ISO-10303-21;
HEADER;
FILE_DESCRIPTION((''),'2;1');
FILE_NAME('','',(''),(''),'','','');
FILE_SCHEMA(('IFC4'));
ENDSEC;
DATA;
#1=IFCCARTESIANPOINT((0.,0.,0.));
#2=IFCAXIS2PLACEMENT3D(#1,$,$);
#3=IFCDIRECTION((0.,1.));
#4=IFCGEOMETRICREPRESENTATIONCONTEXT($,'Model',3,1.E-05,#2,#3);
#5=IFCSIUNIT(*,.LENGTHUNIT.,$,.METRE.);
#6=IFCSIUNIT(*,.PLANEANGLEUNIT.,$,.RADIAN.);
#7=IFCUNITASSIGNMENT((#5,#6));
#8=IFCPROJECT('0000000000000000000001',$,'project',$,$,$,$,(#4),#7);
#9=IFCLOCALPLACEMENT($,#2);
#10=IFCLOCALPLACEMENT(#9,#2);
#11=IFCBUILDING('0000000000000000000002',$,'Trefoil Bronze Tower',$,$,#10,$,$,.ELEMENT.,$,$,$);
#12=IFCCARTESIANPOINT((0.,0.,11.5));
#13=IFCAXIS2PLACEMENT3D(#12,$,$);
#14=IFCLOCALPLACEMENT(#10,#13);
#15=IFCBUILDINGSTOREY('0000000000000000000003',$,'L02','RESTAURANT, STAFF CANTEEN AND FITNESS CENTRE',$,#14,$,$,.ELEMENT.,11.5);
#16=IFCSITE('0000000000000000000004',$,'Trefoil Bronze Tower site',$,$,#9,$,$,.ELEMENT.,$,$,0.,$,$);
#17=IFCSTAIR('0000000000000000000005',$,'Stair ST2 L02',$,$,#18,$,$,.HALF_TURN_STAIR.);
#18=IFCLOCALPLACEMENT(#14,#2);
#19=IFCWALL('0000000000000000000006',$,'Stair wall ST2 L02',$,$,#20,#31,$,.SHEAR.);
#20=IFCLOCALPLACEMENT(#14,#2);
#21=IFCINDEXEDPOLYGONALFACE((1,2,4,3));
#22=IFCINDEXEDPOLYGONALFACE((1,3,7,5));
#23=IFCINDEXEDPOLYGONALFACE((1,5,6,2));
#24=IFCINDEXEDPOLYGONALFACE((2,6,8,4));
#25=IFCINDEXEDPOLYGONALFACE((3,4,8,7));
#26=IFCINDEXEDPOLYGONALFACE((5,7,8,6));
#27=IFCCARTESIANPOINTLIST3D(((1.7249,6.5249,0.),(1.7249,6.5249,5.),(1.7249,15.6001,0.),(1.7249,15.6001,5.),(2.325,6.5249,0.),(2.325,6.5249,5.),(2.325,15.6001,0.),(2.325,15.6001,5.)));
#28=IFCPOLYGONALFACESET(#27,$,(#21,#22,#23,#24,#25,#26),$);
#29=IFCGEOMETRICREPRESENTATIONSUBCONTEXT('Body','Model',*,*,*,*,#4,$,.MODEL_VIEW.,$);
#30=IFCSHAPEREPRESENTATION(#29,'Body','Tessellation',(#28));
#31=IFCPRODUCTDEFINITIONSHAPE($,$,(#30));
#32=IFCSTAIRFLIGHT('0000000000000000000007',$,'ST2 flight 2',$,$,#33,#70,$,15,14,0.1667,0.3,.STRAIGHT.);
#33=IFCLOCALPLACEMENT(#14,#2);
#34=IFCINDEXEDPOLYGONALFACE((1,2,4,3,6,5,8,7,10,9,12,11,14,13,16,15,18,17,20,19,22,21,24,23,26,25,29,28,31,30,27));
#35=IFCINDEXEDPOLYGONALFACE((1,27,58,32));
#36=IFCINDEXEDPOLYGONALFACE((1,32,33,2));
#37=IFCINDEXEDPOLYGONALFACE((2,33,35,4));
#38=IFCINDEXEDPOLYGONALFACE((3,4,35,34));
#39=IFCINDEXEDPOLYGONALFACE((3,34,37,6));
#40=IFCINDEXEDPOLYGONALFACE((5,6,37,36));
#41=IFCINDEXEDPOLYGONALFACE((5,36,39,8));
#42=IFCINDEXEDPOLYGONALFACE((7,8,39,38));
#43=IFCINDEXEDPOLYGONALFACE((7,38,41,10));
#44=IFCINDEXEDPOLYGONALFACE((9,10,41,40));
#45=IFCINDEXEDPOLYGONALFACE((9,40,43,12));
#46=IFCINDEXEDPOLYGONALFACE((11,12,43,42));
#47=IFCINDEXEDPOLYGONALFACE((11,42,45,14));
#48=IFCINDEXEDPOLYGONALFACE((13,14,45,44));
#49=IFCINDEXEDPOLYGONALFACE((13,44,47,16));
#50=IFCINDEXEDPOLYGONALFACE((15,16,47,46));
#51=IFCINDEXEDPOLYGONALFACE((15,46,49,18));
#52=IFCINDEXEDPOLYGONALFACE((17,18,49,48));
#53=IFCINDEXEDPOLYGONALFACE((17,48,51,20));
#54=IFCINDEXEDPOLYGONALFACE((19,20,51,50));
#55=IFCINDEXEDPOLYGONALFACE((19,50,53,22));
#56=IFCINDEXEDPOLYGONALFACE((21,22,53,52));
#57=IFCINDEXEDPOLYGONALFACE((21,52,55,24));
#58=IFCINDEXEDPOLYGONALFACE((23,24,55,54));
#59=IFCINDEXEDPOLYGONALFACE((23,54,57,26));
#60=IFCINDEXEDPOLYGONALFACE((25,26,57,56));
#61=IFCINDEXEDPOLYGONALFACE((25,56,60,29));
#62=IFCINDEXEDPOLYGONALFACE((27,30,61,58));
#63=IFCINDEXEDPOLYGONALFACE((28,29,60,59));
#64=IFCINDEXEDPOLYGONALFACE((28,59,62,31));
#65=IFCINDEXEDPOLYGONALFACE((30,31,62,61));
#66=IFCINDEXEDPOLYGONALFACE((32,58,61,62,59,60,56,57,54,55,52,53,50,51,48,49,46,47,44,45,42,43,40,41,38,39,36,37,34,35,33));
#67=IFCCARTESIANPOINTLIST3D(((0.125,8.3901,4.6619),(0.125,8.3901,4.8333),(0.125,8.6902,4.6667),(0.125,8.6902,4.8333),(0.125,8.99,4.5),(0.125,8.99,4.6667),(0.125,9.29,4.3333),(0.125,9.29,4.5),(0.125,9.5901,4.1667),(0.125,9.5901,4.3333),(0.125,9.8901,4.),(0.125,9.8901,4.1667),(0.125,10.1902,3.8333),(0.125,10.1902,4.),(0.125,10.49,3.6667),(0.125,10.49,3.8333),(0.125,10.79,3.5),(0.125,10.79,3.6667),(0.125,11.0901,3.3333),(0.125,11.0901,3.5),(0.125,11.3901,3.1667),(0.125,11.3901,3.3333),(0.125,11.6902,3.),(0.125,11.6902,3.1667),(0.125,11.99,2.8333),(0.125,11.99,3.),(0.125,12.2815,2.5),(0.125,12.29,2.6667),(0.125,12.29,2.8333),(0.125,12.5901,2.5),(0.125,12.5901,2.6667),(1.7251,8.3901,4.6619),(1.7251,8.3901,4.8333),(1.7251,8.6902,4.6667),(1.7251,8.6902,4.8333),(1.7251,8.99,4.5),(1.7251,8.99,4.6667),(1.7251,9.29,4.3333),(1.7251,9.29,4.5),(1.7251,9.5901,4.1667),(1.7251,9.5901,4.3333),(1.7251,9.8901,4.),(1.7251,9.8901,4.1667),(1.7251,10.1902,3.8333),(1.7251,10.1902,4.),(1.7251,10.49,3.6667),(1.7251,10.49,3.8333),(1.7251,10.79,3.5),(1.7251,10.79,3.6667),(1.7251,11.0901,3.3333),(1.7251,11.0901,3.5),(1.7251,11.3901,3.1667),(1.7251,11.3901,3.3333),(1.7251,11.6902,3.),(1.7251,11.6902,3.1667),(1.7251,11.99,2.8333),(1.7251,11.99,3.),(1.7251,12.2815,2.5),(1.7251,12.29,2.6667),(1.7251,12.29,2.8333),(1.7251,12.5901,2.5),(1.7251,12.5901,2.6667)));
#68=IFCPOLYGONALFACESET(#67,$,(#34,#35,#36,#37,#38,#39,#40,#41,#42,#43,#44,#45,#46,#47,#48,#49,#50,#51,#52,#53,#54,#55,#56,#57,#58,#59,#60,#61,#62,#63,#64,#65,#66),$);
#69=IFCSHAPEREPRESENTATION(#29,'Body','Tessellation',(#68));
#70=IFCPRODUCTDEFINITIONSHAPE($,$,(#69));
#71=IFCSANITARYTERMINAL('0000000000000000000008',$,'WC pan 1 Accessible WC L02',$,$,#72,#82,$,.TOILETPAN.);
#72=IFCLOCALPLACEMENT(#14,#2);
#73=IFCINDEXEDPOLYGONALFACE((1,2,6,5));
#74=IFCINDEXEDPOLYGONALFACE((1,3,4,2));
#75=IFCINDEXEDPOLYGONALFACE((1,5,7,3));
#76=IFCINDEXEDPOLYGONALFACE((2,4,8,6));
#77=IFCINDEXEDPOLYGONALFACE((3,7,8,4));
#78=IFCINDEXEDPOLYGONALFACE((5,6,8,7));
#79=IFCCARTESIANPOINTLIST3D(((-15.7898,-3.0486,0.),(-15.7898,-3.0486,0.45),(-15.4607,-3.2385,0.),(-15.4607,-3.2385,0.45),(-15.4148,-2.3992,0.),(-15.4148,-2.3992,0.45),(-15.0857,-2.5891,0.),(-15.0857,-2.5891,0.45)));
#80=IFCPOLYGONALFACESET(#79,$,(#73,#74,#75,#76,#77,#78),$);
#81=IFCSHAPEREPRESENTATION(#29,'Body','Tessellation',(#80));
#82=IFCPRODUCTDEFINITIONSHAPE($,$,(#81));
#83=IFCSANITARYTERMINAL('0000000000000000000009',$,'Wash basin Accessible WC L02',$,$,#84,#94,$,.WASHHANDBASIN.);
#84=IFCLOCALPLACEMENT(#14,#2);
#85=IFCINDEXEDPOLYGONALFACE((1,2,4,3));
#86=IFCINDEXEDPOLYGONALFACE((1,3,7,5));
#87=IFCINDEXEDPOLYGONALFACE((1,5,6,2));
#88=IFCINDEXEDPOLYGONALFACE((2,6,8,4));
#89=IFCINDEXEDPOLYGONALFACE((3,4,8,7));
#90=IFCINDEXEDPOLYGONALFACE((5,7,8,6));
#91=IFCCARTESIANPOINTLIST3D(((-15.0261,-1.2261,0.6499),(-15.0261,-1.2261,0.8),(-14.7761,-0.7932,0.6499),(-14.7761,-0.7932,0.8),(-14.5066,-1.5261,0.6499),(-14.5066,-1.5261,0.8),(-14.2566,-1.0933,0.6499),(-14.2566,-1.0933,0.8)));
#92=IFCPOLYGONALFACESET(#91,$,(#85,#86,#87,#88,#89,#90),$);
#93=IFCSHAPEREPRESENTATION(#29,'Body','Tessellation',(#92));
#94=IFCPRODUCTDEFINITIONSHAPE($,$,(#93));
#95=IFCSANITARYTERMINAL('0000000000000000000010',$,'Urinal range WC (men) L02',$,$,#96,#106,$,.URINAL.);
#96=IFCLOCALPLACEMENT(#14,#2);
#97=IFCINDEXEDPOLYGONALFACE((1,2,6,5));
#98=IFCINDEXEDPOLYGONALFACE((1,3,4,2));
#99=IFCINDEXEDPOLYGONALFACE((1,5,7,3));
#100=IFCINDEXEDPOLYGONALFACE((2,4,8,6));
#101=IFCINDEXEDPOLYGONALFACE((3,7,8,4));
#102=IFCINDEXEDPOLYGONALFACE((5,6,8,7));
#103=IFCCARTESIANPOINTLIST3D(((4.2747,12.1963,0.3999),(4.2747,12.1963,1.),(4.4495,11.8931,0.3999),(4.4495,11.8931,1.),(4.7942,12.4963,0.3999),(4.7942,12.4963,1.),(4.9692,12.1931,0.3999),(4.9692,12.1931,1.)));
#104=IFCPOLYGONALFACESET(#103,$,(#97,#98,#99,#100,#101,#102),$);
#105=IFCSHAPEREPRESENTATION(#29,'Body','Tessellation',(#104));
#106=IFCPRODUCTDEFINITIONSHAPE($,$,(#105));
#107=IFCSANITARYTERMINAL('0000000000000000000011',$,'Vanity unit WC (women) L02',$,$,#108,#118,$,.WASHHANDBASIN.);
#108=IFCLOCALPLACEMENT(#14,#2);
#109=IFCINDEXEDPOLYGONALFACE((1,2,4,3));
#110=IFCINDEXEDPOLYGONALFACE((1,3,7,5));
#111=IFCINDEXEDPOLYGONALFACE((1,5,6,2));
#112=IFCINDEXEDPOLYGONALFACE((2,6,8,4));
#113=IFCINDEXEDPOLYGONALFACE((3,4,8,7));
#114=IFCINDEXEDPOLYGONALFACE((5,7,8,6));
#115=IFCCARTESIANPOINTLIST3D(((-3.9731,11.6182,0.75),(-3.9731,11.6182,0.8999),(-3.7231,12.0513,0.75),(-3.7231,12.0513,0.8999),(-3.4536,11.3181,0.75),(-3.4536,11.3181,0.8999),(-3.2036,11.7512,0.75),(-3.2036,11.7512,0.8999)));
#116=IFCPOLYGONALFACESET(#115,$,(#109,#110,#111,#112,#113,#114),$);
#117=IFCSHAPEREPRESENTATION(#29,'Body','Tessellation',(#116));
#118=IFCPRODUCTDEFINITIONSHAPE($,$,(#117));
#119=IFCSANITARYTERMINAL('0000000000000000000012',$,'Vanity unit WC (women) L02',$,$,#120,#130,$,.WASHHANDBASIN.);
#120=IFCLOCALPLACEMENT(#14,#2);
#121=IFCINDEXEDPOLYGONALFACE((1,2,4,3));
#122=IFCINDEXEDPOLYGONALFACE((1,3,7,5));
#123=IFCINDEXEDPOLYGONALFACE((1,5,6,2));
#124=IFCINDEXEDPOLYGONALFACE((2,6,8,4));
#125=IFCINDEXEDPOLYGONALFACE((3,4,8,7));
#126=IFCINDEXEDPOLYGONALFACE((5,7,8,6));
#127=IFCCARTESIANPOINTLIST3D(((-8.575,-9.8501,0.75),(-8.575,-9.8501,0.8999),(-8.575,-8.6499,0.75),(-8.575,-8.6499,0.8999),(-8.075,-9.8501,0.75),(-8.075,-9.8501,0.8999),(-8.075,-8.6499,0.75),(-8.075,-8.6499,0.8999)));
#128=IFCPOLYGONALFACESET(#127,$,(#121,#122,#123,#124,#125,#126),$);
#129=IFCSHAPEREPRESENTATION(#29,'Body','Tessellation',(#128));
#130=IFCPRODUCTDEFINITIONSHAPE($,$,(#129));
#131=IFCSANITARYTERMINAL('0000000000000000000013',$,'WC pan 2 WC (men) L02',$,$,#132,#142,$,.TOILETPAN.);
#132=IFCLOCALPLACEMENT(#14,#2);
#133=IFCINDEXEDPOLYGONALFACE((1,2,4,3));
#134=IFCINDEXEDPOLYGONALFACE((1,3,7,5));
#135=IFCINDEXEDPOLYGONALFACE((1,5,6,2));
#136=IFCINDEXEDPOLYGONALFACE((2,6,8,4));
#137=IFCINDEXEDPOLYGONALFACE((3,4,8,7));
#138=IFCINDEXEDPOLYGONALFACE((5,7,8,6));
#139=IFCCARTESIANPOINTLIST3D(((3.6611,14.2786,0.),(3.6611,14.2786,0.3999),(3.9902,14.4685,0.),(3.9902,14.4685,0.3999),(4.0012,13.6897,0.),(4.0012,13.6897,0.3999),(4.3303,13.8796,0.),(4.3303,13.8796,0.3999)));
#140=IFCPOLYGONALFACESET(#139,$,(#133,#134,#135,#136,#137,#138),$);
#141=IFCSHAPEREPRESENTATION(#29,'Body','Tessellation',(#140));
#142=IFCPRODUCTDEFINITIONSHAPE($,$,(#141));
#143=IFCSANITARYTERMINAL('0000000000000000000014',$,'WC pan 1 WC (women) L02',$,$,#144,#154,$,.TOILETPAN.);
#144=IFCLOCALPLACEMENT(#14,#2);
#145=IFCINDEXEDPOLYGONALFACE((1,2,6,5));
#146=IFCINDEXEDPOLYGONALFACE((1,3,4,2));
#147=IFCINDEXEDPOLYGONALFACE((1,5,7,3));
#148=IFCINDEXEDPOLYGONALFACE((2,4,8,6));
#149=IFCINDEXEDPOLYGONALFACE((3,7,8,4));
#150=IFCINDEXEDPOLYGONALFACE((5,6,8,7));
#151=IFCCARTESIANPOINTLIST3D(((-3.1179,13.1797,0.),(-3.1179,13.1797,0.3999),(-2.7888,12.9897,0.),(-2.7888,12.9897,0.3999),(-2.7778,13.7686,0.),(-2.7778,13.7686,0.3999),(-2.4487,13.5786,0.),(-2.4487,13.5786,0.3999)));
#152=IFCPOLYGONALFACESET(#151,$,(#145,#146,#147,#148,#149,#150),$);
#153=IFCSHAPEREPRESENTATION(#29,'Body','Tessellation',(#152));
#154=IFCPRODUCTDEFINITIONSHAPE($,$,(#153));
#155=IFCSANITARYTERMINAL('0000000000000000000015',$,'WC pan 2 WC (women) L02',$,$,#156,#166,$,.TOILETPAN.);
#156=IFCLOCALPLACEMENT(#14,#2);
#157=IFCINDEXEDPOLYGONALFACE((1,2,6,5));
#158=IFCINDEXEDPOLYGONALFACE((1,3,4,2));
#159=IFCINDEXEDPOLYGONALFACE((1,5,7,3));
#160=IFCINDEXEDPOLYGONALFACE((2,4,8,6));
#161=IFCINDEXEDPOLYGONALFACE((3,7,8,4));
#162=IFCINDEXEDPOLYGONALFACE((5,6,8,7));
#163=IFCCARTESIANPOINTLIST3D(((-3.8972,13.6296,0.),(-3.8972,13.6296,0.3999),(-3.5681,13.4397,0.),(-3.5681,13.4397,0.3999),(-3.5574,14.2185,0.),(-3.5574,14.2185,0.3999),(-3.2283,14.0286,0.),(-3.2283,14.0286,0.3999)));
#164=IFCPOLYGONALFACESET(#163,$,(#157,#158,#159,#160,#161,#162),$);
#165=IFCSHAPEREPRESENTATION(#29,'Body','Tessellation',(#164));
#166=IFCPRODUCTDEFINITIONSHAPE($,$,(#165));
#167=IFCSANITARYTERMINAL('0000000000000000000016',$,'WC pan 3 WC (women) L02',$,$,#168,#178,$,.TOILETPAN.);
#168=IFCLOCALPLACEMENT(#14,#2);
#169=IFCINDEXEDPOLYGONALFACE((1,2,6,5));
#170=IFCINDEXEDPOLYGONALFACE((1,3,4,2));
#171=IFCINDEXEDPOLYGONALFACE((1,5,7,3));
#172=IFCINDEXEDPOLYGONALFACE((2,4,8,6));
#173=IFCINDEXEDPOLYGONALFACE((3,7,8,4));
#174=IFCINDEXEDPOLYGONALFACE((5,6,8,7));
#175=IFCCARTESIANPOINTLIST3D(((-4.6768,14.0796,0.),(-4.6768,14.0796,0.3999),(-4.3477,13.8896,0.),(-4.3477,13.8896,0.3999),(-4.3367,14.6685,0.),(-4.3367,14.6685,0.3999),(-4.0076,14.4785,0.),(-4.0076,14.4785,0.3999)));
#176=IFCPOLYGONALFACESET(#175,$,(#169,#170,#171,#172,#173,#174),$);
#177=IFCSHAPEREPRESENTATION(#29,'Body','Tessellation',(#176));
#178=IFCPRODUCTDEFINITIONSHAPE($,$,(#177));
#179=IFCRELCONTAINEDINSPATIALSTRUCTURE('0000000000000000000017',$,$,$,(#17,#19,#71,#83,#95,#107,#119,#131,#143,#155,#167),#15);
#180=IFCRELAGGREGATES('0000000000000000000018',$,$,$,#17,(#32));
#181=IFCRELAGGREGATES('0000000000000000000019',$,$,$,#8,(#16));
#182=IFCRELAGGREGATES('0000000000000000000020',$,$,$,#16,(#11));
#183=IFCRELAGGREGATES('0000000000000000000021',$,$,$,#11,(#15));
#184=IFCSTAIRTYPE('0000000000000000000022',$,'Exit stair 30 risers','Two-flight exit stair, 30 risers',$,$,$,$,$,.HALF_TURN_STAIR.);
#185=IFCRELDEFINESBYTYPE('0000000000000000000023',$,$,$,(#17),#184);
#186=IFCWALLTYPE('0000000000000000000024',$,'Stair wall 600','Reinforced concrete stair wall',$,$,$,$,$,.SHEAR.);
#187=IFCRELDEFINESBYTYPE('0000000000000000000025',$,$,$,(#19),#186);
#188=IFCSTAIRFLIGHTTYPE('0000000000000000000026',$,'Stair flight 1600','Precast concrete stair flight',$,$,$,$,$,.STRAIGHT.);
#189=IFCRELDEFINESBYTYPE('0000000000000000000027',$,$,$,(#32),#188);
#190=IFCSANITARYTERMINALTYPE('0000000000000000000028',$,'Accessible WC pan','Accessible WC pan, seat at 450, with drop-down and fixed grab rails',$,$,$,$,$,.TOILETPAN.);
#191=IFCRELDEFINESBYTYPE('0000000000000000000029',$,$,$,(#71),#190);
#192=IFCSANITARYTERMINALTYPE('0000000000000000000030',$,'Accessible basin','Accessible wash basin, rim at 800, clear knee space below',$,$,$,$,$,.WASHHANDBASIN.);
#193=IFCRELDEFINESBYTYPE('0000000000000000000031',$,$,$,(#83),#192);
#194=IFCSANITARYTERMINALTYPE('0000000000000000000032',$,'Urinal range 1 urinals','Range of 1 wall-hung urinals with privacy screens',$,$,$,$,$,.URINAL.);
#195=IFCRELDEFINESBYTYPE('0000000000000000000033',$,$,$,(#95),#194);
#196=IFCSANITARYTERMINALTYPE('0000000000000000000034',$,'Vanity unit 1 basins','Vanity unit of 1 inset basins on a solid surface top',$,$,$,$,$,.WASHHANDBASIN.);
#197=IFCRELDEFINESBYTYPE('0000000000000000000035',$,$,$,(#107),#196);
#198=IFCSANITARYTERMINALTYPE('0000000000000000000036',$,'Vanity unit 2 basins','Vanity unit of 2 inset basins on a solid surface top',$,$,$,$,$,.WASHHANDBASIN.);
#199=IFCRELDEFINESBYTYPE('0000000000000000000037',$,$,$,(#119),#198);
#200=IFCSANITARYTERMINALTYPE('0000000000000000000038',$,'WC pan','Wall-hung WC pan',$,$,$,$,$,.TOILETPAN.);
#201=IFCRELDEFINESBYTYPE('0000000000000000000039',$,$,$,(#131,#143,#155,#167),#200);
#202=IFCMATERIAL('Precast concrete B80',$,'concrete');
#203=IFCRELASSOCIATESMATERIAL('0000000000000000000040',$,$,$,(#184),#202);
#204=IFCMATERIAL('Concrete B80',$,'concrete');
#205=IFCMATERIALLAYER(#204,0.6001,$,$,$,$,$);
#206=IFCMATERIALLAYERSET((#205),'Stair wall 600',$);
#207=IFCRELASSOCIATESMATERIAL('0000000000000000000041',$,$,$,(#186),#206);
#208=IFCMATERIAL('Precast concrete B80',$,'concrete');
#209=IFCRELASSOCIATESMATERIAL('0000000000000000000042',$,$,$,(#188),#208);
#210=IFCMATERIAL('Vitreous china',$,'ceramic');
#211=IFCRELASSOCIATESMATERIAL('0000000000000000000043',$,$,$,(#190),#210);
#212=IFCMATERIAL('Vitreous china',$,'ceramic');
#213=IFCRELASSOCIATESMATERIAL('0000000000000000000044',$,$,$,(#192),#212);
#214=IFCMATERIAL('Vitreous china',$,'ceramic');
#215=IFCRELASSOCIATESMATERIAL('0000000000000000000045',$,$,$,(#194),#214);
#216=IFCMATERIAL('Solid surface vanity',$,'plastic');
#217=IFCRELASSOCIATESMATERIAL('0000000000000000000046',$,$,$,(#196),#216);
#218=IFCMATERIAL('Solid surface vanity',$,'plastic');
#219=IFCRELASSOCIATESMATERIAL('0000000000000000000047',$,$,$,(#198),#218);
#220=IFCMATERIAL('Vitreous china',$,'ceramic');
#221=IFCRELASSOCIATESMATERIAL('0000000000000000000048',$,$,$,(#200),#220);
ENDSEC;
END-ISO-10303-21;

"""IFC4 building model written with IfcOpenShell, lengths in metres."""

from ifc_helpers import new_model, si_unit, direction, frame, frame_2d, origin, place, context, subcontext, project, spatial, polyline, rectangle, outline, extrude, material, layer, layer_set, type_object, element, aggregate, save


model = new_model("IFC4")

# Units and contexts
model_context = context("Model", 3, precision=1e-05, world=origin(), true_north=direction((0.0, 1.0)))
body_context = subcontext(model_context, "Body", "Model", "MODEL_VIEW")
ifc_project = project(units=[si_unit("LENGTHUNIT", "METRE"), si_unit("PLANEANGLEUNIT", "RADIAN")], contexts=[model_context])

# Site, building, storey
site_placement = place(None, origin())
site = spatial("IfcSite", under=ifc_project, at=site_placement, Name="Trefoil Bronze Tower site", CompositionType="ELEMENT", RefElevation=0.0)
building_placement = place(site_placement, origin())
building = spatial("IfcBuilding", under=site, at=building_placement, Name="Trefoil Bronze Tower", CompositionType="ELEMENT")
storey_placement = place(building_placement, frame((0.0, 0.0, 11.5)))
storey = spatial("IfcBuildingStorey", under=building, at=storey_placement, Name="L02", Description="RESTAURANT, STAFF CANTEEN AND FITNESS CENTRE", CompositionType="ELEMENT", Elevation=11.5)

# Stair
ifc_material_1 = material(Name="Precast concrete B80", Category="concrete")
stair_type = type_object("IfcStairType", Name="Exit stair 30 risers", Description="Two-flight exit stair, 30 risers", PredefinedType="HALF_TURN_STAIR", material=ifc_material_1)
stair_1_placement = place(storey_placement, origin())
stair_1 = element("IfcStair", 1, at=stair_1_placement, inside=storey, type_object=stair_type, Name="Stair ST2 L02", PredefinedType="HALF_TURN_STAIR")

# Wall
ifc_material_2 = material(Name="Concrete B80", Category="concrete")
ifc_layer_1 = layer(ifc_material_2, 0.6001)
ifc_layer_set_1 = layer_set([ifc_layer_1], Name="Stair wall 600")
wall_type_1 = type_object("IfcWallType", Name="Stair wall 600", Description="Reinforced concrete stair wall", PredefinedType="SHEAR", material=ifc_layer_set_1)
wall_1_placement = place(storey_placement, frame((2.0249, 6.5249, 0.0), z_axis=(0.0, 0.0, 1.0), x_axis=(0.0, 1.0, 0.0)))
element("IfcWall", 2, at=wall_1_placement, inside=storey, type_object=wall_type_1, Name="Stair wall ST2 L02", PredefinedType="SHEAR", context=body_context, shape_type="SweptSolid", body=[
    extrude(rectangle(XDim=9.0752, YDim=0.6001, at=frame_2d((4.5376, 0.0))), origin(), (0.0, 0.0, 1.0), 5.0),
])

# Stair flight
ifc_material_3 = material(Name="Precast concrete B80", Category="concrete")
stair_flight_type = type_object("IfcStairFlightType", Name="Stair flight 1600", Description="Precast concrete stair flight", PredefinedType="STRAIGHT", material=ifc_material_3)
stair_flight_placement = place(storey_placement, frame((0.925, 12.5901, 2.5), z_axis=(0.0, 0.0, 1.0), x_axis=(0.0, -1.0, 0.0)))
stair_flight = element("IfcStairFlight", 3, at=stair_flight_placement, type_object=stair_flight_type, Name="ST2 flight 2", NumberOfRisers=15, NumberOfTreads=14, PredefinedType="STRAIGHT", RiserHeight=0.1667, TreadLength=0.3, context=body_context, shape_type="SweptSolid", body=[
    extrude(outline(polyline([(0.0, 0.0), (0.0, 0.1667), (0.3, 0.1667), (0.3, 0.3333), (0.6001, 0.3333), (0.6001, 0.5), (0.8999, 0.5), (0.8999, 0.6667), (1.2, 0.6667), (1.2, 0.8333), (1.5, 0.8333), (1.5, 1.0), (1.8, 1.0), (1.8, 1.1667), (2.1001, 1.1667), (2.1001, 1.3333), (2.3999, 1.3333), (2.3999, 1.5), (2.7, 1.5), (2.7, 1.6667), (3.0, 1.6667), (3.0, 1.8333), (3.3, 1.8333), (3.3, 2.0), (3.6001, 2.0), (3.6001, 2.1667), (3.8999, 2.1667), (3.8999, 2.3333), (4.2, 2.3333), (4.2, 2.5), (4.2, 2.1619), (0.3086, 0.0), (0.0, 0.0)])), frame((0.0, 0.8, 0.0), z_axis=(0.0, -1.0, 0.0), x_axis=(1.0, 0.0, 0.0)), (0.0, 0.0, 1.0), 1.6001),
])
aggregate(stair_1, [stair_flight])

# Sanitary terminals
ifc_material_4 = material(Name="Vitreous china", Category="ceramic")
sanitary_terminal_type_1 = type_object("IfcSanitaryTerminalType", Name="Accessible WC pan", Description="Accessible WC pan, seat at 450, with drop-down and fixed grab rails", PredefinedType="TOILETPAN", material=ifc_material_4)
sanitary_terminal_1_placement = place(storey_placement, origin())
element("IfcSanitaryTerminal", 4, at=sanitary_terminal_1_placement, inside=storey, type_object=sanitary_terminal_type_1, Name="WC pan 1 Accessible WC L02", PredefinedType="TOILETPAN", context=body_context, shape_type="SweptSolid", body=[
    extrude(outline(polyline([(-15.0857, -2.5891), (-15.4607, -3.2385), (-15.7898, -3.0486), (-15.4148, -2.3992), (-15.0857, -2.5891)])), origin(), (0.0, 0.0, 1.0), 0.45),
])
ifc_material_5 = material(Name="Vitreous china", Category="ceramic")
sanitary_terminal_type_2 = type_object("IfcSanitaryTerminalType", Name="Accessible basin", Description="Accessible wash basin, rim at 800, clear knee space below", PredefinedType="WASHHANDBASIN", material=ifc_material_5)
sanitary_terminal_2_placement = place(storey_placement, frame((0.0, 0.0, 0.6499)))
element("IfcSanitaryTerminal", 5, at=sanitary_terminal_2_placement, inside=storey, type_object=sanitary_terminal_type_2, Name="Wash basin Accessible WC L02", PredefinedType="WASHHANDBASIN", context=body_context, shape_type="SweptSolid", body=[
    extrude(outline(polyline([(-14.2566, -1.0933), (-14.5066, -1.5261), (-15.0261, -1.2261), (-14.7761, -0.7932), (-14.2566, -1.0933)])), origin(), (0.0, 0.0, 1.0), 0.1501),
])
ifc_material_6 = material(Name="Vitreous china", Category="ceramic")
sanitary_terminal_type_3 = type_object("IfcSanitaryTerminalType", Name="Urinal range 1 urinals", Description="Range of 1 wall-hung urinals with privacy screens", PredefinedType="URINAL", material=ifc_material_6)
sanitary_terminal_3_placement = place(storey_placement, frame((0.0, 0.0, 0.3999)))
element("IfcSanitaryTerminal", 6, at=sanitary_terminal_3_placement, inside=storey, type_object=sanitary_terminal_type_3, Name="Urinal range WC (men) L02", PredefinedType="URINAL", context=body_context, shape_type="SweptSolid", body=[
    extrude(outline(polyline([(4.4495, 11.8931), (4.2747, 12.1963), (4.7942, 12.4963), (4.9692, 12.1931), (4.4495, 11.8931)])), origin(), (0.0, 0.0, 1.0), 0.6001),
])
ifc_material_7 = material(Name="Solid surface vanity", Category="plastic")
sanitary_terminal_type_4 = type_object("IfcSanitaryTerminalType", Name="Vanity unit 1 basins", Description="Vanity unit of 1 inset basins on a solid surface top", PredefinedType="WASHHANDBASIN", material=ifc_material_7)
sanitary_terminal_4_placement = place(storey_placement, frame((0.0, 0.0, 0.75)))
element("IfcSanitaryTerminal", 7, at=sanitary_terminal_4_placement, inside=storey, type_object=sanitary_terminal_type_4, Name="Vanity unit WC (women) L02", PredefinedType="WASHHANDBASIN", context=body_context, shape_type="SweptSolid", body=[
    extrude(outline(polyline([(-3.4536, 11.3181), (-3.2036, 11.7512), (-3.7231, 12.0513), (-3.9731, 11.6182), (-3.4536, 11.3181)])), origin(), (0.0, 0.0, 1.0), 0.1499),
])
ifc_material_8 = material(Name="Solid surface vanity", Category="plastic")
sanitary_terminal_type_5 = type_object("IfcSanitaryTerminalType", Name="Vanity unit 2 basins", Description="Vanity unit of 2 inset basins on a solid surface top", PredefinedType="WASHHANDBASIN", material=ifc_material_8)
sanitary_terminal_5_placement = place(storey_placement, frame((0.0, 0.0, 0.75)))
element("IfcSanitaryTerminal", 8, at=sanitary_terminal_5_placement, inside=storey, type_object=sanitary_terminal_type_5, Name="Vanity unit WC (women) L02", PredefinedType="WASHHANDBASIN", context=body_context, shape_type="SweptSolid", body=[
    extrude(outline(polyline([(-8.075, -8.6499), (-8.575, -8.6499), (-8.575, -9.8501), (-8.075, -9.8501), (-8.075, -8.6499)])), origin(), (0.0, 0.0, 1.0), 0.1499),
])
ifc_material_9 = material(Name="Vitreous china", Category="ceramic")
sanitary_terminal_type_6 = type_object("IfcSanitaryTerminalType", Name="WC pan", Description="Wall-hung WC pan", PredefinedType="TOILETPAN", material=ifc_material_9)
sanitary_terminal_6_placement = place(storey_placement, origin())
element("IfcSanitaryTerminal", 9, at=sanitary_terminal_6_placement, inside=storey, type_object=sanitary_terminal_type_6, Name="WC pan 2 WC (men) L02", PredefinedType="TOILETPAN", context=body_context, shape_type="SweptSolid", body=[
    extrude(outline(polyline([(4.0012, 13.6897), (3.6611, 14.2786), (3.9902, 14.4685), (4.3303, 13.8796), (4.0012, 13.6897)])), origin(), (0.0, 0.0, 1.0), 0.3999),
])
sanitary_terminal_7_placement = place(storey_placement, origin())
element("IfcSanitaryTerminal", 10, at=sanitary_terminal_7_placement, inside=storey, type_object=sanitary_terminal_type_6, Name="WC pan 1 WC (women) L02", PredefinedType="TOILETPAN", context=body_context, shape_type="SweptSolid", body=[
    extrude(outline(polyline([(-2.7888, 12.9897), (-2.4487, 13.5786), (-2.7778, 13.7686), (-3.1179, 13.1797), (-2.7888, 12.9897)])), origin(), (0.0, 0.0, 1.0), 0.3999),
])
sanitary_terminal_8_placement = place(storey_placement, origin())
element("IfcSanitaryTerminal", 11, at=sanitary_terminal_8_placement, inside=storey, type_object=sanitary_terminal_type_6, Name="WC pan 2 WC (women) L02", PredefinedType="TOILETPAN", context=body_context, shape_type="SweptSolid", body=[
    extrude(outline(polyline([(-3.5681, 13.4397), (-3.2283, 14.0286), (-3.5574, 14.2185), (-3.8972, 13.6296), (-3.5681, 13.4397)])), origin(), (0.0, 0.0, 1.0), 0.3999),
])
sanitary_terminal_9_placement = place(storey_placement, origin())
element("IfcSanitaryTerminal", 12, at=sanitary_terminal_9_placement, inside=storey, type_object=sanitary_terminal_type_6, Name="WC pan 3 WC (women) L02", PredefinedType="TOILETPAN", context=body_context, shape_type="SweptSolid", body=[
    extrude(outline(polyline([(-4.3477, 13.8896), (-4.0076, 14.4785), (-4.3367, 14.6685), (-4.6768, 14.0796), (-4.3477, 13.8896)])), origin(), (0.0, 0.0, 1.0), 0.3999),
])

save(model, "model.ifc")
